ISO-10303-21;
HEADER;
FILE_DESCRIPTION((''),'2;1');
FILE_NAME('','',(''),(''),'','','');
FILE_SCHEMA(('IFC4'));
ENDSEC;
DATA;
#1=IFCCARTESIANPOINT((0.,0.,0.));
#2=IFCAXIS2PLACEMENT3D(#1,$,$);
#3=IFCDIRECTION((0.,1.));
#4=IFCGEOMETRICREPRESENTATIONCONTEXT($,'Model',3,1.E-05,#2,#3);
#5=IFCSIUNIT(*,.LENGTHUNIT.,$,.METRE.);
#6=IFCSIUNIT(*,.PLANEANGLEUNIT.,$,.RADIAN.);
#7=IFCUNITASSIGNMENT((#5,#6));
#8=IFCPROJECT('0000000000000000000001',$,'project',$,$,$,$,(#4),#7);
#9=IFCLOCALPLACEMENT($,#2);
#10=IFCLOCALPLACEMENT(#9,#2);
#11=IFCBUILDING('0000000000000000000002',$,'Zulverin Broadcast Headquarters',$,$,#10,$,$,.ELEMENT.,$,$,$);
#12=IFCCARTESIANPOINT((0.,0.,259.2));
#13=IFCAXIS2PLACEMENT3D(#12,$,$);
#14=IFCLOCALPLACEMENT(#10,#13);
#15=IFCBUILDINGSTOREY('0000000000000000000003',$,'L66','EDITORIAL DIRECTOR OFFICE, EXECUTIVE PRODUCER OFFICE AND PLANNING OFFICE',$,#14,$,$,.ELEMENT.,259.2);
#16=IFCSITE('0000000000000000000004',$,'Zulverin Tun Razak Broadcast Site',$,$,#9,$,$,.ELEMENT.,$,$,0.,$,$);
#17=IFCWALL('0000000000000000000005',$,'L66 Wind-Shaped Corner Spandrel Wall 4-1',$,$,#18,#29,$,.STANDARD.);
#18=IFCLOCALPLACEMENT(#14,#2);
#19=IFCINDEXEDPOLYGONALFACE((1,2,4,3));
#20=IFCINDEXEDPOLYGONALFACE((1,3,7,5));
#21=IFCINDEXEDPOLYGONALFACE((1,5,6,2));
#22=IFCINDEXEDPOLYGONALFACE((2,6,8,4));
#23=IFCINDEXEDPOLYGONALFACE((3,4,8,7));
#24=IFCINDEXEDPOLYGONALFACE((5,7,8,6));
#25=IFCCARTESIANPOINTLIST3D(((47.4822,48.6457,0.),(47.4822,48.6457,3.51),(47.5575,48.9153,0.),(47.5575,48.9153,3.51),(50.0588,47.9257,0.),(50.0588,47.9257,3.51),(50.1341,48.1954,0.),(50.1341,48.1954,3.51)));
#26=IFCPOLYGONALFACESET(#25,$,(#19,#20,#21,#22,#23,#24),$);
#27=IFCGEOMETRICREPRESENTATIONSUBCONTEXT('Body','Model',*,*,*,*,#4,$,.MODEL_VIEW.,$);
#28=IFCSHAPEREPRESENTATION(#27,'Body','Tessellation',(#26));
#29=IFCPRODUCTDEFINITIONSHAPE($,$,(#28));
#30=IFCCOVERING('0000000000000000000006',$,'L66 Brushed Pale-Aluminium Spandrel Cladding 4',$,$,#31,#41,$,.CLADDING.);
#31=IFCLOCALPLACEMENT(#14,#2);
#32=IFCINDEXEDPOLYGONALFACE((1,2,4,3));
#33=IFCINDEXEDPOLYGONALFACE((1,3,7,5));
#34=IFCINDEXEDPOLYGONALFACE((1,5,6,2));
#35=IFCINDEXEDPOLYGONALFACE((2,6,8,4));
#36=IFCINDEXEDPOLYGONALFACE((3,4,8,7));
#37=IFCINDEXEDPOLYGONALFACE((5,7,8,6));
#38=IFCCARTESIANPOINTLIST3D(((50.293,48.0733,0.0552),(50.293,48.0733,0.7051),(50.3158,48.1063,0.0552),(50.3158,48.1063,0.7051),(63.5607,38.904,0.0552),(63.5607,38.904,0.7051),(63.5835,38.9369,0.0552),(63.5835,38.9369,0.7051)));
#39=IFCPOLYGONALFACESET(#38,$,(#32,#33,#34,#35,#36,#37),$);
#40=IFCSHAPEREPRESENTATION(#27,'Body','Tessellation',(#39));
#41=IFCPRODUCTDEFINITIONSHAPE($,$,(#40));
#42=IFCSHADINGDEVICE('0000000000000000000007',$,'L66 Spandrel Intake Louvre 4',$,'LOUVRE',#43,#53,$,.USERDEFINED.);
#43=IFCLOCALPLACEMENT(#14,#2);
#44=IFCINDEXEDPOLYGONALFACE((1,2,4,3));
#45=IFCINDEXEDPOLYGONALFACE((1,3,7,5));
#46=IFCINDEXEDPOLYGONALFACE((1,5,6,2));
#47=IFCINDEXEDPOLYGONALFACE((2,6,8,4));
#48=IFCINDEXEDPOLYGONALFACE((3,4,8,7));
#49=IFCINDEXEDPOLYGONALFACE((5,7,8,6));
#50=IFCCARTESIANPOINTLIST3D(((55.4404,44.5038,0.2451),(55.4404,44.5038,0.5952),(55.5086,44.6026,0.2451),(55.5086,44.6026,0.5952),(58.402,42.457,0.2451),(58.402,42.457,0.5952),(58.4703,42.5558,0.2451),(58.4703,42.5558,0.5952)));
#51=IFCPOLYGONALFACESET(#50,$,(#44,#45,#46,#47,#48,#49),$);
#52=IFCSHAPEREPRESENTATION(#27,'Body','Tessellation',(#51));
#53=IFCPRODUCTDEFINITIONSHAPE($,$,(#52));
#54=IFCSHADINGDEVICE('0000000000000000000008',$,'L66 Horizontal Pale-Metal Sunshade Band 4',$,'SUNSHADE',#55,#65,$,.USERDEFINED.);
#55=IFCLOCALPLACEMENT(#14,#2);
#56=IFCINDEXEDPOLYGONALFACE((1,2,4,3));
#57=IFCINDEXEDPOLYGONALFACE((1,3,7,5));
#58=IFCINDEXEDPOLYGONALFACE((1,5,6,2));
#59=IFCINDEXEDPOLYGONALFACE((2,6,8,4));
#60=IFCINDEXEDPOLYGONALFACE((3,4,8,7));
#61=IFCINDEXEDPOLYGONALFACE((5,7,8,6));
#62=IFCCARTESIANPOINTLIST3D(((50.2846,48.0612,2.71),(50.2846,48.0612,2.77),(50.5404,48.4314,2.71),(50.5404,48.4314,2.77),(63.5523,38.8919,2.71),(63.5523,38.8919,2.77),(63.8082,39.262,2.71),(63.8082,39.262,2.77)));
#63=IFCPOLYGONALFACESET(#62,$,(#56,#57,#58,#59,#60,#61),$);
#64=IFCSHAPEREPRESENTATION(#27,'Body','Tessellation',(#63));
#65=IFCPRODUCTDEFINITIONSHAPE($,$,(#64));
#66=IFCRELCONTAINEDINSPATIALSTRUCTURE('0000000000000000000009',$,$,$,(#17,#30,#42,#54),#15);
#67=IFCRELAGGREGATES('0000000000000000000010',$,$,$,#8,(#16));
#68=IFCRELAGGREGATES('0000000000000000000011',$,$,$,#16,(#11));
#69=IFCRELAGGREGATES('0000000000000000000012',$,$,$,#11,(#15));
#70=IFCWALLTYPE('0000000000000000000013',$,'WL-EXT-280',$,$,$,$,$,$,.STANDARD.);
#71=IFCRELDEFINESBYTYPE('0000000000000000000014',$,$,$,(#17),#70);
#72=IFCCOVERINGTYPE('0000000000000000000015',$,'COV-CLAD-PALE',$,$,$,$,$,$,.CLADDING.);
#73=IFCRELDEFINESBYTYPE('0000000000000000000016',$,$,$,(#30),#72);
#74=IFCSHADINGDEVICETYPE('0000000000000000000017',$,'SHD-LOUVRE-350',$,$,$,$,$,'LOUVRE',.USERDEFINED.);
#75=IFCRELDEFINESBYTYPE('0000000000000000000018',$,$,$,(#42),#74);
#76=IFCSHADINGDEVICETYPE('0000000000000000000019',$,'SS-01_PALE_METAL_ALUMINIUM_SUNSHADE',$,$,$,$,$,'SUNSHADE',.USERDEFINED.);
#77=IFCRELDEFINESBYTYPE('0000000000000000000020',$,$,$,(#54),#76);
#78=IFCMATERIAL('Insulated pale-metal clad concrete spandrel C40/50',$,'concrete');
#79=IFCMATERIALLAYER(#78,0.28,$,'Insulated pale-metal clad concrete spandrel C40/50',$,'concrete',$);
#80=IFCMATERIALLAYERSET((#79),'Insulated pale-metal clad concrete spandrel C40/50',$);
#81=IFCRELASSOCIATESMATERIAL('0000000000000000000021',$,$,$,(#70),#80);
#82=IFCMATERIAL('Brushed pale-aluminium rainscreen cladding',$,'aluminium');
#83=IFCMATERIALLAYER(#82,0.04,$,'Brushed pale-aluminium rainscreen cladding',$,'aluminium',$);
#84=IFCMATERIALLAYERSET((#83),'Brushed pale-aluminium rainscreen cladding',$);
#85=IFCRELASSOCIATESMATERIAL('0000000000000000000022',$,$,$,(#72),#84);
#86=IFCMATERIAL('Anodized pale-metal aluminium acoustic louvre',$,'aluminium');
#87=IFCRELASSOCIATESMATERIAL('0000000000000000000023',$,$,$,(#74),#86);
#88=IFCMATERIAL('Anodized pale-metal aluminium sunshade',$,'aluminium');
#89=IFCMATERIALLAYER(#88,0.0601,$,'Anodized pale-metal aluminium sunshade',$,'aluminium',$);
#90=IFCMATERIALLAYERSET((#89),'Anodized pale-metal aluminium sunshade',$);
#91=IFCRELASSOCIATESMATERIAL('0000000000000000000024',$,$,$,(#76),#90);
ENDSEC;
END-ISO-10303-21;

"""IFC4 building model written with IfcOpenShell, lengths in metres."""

from ifc_helpers import new_model, si_unit, direction, frame, frame_2d, origin, origin_2d, place, context, subcontext, project, spatial, rectangle, extrude, material, layer, layer_set, type_object, element, save


model = new_model("IFC4")

# Units and contexts
model_context = context("Model", 3, precision=1e-05, world=origin(), true_north=direction((0.0, 1.0)))
body_context = subcontext(model_context, "Body", "Model", "MODEL_VIEW")
ifc_project = project(units=[si_unit("LENGTHUNIT", "METRE"), si_unit("PLANEANGLEUNIT", "RADIAN")], contexts=[model_context])

# Site, building, storey
site_placement = place(None, origin())
site = spatial("IfcSite", under=ifc_project, at=site_placement, Name="Zulverin Tun Razak Broadcast Site", CompositionType="ELEMENT", RefElevation=0.0)
building_placement = place(site_placement, origin())
building = spatial("IfcBuilding", under=site, at=building_placement, Name="Zulverin Broadcast Headquarters", CompositionType="ELEMENT")
storey_placement = place(building_placement, frame((0.0, 0.0, 259.2)))
storey = spatial("IfcBuildingStorey", under=building, at=storey_placement, Name="L66", Description="EDITORIAL DIRECTOR OFFICE, EXECUTIVE PRODUCER OFFICE AND PLANNING OFFICE", CompositionType="ELEMENT", Elevation=259.2)

# Shared definitions
ifc_material_1 = material(Name="Insulated pale-metal clad concrete spandrel C40/50", Category="concrete")
ifc_layer_1 = layer(ifc_material_1, 0.28, Name="Insulated pale-metal clad concrete spandrel C40/50", Category="concrete")
ifc_layer_set_1 = layer_set([ifc_layer_1], Name="Insulated pale-metal clad concrete spandrel C40/50")
wall_type = type_object("IfcWallType", Name="WL-EXT-280", PredefinedType="STANDARD", material=ifc_layer_set_1)

# Wall
wall_1_placement = place(storey_placement, frame((50.0964, 48.0605, 0.0), z_axis=(0.0, 0.0, 1.0), x_axis=(-0.963109, 0.269112, 0.0)))
element("IfcWall", 1, at=wall_1_placement, inside=storey, type_object=wall_type, Name="L66 Wind-Shaped Corner Spandrel Wall 4-1", PredefinedType="STANDARD", context=body_context, shape_type="SweptSolid", body=[
    extrude(rectangle(XDim=2.6753, YDim=0.28, at=frame_2d((1.3376, 0.0))), origin(), (0.0, 0.0, 1.0), 3.51),
])

# Covering
ifc_material_2 = material(Name="Brushed pale-aluminium rainscreen cladding", Category="aluminium")
ifc_layer_2 = layer(ifc_material_2, 0.04, Name="Brushed pale-aluminium rainscreen cladding", Category="aluminium")
ifc_layer_set_2 = layer_set([ifc_layer_2], Name="Brushed pale-aluminium rainscreen cladding")
covering_type = type_object("IfcCoveringType", Name="COV-CLAD-PALE", PredefinedType="CLADDING", material=ifc_layer_set_2)
covering_placement = place(storey_placement, frame((56.9382, 43.5051, 0.0552), z_axis=(0.0, 0.0, 1.0), x_axis=(-0.822655, 0.56854, 0.0)))
element("IfcCovering", 2, at=covering_placement, inside=storey, type_object=covering_type, Name="L66 Brushed Pale-Aluminium Spandrel Cladding 4", PredefinedType="CLADDING", context=body_context, shape_type="SweptSolid", body=[
    extrude(rectangle(XDim=16.1279, YDim=0.04, at=origin_2d()), origin(), (0.0, 0.0, 1.0), 0.6499),
])

# Shading devices
ifc_material_3 = material(Name="Anodized pale-metal aluminium acoustic louvre", Category="aluminium")
shading_device_type_1 = type_object("IfcShadingDeviceType", Name="SHD-LOUVRE-350", ElementType="LOUVRE", PredefinedType="USERDEFINED", material=ifc_material_3)
shading_device_1_placement = place(storey_placement, frame((56.9553, 43.5298, 0.2451), z_axis=(0.0, 0.0, 1.0), x_axis=(-0.822655, 0.56854, 0.0)))
element("IfcShadingDevice", 3, at=shading_device_1_placement, inside=storey, type_object=shading_device_type_1, Name="L66 Spandrel Intake Louvre 4", ObjectType="LOUVRE", PredefinedType="USERDEFINED", context=body_context, shape_type="SweptSolid", body=[
    extrude(rectangle(XDim=3.6001, YDim=0.1201, at=origin_2d()), origin(), (0.0, 0.0, 1.0), 0.3501),
])
ifc_material_4 = material(Name="Anodized pale-metal aluminium sunshade", Category="aluminium")
ifc_layer_3 = layer(ifc_material_4, 0.0601, Name="Anodized pale-metal aluminium sunshade", Category="aluminium")
ifc_layer_set_3 = layer_set([ifc_layer_3], Name="Anodized pale-metal aluminium sunshade")
shading_device_type_2 = type_object("IfcShadingDeviceType", Name="SS-01_PALE_METAL_ALUMINIUM_SUNSHADE", ElementType="SUNSHADE", PredefinedType="USERDEFINED", material=ifc_layer_set_3)
shading_device_2_placement = place(storey_placement, frame((57.0464, 43.6616, 2.71), z_axis=(0.0, 0.0, 1.0), x_axis=(-0.822655, 0.56854, 0.0)))
element("IfcShadingDevice", 4, at=shading_device_2_placement, inside=storey, type_object=shading_device_type_2, Name="L66 Horizontal Pale-Metal Sunshade Band 4", ObjectType="SUNSHADE", PredefinedType="USERDEFINED", context=body_context, shape_type="SweptSolid", body=[
    extrude(rectangle(XDim=16.1279, YDim=0.45, at=origin_2d()), origin(), (0.0, 0.0, 1.0), 0.0601),
])

save(model, "model.ifc")
